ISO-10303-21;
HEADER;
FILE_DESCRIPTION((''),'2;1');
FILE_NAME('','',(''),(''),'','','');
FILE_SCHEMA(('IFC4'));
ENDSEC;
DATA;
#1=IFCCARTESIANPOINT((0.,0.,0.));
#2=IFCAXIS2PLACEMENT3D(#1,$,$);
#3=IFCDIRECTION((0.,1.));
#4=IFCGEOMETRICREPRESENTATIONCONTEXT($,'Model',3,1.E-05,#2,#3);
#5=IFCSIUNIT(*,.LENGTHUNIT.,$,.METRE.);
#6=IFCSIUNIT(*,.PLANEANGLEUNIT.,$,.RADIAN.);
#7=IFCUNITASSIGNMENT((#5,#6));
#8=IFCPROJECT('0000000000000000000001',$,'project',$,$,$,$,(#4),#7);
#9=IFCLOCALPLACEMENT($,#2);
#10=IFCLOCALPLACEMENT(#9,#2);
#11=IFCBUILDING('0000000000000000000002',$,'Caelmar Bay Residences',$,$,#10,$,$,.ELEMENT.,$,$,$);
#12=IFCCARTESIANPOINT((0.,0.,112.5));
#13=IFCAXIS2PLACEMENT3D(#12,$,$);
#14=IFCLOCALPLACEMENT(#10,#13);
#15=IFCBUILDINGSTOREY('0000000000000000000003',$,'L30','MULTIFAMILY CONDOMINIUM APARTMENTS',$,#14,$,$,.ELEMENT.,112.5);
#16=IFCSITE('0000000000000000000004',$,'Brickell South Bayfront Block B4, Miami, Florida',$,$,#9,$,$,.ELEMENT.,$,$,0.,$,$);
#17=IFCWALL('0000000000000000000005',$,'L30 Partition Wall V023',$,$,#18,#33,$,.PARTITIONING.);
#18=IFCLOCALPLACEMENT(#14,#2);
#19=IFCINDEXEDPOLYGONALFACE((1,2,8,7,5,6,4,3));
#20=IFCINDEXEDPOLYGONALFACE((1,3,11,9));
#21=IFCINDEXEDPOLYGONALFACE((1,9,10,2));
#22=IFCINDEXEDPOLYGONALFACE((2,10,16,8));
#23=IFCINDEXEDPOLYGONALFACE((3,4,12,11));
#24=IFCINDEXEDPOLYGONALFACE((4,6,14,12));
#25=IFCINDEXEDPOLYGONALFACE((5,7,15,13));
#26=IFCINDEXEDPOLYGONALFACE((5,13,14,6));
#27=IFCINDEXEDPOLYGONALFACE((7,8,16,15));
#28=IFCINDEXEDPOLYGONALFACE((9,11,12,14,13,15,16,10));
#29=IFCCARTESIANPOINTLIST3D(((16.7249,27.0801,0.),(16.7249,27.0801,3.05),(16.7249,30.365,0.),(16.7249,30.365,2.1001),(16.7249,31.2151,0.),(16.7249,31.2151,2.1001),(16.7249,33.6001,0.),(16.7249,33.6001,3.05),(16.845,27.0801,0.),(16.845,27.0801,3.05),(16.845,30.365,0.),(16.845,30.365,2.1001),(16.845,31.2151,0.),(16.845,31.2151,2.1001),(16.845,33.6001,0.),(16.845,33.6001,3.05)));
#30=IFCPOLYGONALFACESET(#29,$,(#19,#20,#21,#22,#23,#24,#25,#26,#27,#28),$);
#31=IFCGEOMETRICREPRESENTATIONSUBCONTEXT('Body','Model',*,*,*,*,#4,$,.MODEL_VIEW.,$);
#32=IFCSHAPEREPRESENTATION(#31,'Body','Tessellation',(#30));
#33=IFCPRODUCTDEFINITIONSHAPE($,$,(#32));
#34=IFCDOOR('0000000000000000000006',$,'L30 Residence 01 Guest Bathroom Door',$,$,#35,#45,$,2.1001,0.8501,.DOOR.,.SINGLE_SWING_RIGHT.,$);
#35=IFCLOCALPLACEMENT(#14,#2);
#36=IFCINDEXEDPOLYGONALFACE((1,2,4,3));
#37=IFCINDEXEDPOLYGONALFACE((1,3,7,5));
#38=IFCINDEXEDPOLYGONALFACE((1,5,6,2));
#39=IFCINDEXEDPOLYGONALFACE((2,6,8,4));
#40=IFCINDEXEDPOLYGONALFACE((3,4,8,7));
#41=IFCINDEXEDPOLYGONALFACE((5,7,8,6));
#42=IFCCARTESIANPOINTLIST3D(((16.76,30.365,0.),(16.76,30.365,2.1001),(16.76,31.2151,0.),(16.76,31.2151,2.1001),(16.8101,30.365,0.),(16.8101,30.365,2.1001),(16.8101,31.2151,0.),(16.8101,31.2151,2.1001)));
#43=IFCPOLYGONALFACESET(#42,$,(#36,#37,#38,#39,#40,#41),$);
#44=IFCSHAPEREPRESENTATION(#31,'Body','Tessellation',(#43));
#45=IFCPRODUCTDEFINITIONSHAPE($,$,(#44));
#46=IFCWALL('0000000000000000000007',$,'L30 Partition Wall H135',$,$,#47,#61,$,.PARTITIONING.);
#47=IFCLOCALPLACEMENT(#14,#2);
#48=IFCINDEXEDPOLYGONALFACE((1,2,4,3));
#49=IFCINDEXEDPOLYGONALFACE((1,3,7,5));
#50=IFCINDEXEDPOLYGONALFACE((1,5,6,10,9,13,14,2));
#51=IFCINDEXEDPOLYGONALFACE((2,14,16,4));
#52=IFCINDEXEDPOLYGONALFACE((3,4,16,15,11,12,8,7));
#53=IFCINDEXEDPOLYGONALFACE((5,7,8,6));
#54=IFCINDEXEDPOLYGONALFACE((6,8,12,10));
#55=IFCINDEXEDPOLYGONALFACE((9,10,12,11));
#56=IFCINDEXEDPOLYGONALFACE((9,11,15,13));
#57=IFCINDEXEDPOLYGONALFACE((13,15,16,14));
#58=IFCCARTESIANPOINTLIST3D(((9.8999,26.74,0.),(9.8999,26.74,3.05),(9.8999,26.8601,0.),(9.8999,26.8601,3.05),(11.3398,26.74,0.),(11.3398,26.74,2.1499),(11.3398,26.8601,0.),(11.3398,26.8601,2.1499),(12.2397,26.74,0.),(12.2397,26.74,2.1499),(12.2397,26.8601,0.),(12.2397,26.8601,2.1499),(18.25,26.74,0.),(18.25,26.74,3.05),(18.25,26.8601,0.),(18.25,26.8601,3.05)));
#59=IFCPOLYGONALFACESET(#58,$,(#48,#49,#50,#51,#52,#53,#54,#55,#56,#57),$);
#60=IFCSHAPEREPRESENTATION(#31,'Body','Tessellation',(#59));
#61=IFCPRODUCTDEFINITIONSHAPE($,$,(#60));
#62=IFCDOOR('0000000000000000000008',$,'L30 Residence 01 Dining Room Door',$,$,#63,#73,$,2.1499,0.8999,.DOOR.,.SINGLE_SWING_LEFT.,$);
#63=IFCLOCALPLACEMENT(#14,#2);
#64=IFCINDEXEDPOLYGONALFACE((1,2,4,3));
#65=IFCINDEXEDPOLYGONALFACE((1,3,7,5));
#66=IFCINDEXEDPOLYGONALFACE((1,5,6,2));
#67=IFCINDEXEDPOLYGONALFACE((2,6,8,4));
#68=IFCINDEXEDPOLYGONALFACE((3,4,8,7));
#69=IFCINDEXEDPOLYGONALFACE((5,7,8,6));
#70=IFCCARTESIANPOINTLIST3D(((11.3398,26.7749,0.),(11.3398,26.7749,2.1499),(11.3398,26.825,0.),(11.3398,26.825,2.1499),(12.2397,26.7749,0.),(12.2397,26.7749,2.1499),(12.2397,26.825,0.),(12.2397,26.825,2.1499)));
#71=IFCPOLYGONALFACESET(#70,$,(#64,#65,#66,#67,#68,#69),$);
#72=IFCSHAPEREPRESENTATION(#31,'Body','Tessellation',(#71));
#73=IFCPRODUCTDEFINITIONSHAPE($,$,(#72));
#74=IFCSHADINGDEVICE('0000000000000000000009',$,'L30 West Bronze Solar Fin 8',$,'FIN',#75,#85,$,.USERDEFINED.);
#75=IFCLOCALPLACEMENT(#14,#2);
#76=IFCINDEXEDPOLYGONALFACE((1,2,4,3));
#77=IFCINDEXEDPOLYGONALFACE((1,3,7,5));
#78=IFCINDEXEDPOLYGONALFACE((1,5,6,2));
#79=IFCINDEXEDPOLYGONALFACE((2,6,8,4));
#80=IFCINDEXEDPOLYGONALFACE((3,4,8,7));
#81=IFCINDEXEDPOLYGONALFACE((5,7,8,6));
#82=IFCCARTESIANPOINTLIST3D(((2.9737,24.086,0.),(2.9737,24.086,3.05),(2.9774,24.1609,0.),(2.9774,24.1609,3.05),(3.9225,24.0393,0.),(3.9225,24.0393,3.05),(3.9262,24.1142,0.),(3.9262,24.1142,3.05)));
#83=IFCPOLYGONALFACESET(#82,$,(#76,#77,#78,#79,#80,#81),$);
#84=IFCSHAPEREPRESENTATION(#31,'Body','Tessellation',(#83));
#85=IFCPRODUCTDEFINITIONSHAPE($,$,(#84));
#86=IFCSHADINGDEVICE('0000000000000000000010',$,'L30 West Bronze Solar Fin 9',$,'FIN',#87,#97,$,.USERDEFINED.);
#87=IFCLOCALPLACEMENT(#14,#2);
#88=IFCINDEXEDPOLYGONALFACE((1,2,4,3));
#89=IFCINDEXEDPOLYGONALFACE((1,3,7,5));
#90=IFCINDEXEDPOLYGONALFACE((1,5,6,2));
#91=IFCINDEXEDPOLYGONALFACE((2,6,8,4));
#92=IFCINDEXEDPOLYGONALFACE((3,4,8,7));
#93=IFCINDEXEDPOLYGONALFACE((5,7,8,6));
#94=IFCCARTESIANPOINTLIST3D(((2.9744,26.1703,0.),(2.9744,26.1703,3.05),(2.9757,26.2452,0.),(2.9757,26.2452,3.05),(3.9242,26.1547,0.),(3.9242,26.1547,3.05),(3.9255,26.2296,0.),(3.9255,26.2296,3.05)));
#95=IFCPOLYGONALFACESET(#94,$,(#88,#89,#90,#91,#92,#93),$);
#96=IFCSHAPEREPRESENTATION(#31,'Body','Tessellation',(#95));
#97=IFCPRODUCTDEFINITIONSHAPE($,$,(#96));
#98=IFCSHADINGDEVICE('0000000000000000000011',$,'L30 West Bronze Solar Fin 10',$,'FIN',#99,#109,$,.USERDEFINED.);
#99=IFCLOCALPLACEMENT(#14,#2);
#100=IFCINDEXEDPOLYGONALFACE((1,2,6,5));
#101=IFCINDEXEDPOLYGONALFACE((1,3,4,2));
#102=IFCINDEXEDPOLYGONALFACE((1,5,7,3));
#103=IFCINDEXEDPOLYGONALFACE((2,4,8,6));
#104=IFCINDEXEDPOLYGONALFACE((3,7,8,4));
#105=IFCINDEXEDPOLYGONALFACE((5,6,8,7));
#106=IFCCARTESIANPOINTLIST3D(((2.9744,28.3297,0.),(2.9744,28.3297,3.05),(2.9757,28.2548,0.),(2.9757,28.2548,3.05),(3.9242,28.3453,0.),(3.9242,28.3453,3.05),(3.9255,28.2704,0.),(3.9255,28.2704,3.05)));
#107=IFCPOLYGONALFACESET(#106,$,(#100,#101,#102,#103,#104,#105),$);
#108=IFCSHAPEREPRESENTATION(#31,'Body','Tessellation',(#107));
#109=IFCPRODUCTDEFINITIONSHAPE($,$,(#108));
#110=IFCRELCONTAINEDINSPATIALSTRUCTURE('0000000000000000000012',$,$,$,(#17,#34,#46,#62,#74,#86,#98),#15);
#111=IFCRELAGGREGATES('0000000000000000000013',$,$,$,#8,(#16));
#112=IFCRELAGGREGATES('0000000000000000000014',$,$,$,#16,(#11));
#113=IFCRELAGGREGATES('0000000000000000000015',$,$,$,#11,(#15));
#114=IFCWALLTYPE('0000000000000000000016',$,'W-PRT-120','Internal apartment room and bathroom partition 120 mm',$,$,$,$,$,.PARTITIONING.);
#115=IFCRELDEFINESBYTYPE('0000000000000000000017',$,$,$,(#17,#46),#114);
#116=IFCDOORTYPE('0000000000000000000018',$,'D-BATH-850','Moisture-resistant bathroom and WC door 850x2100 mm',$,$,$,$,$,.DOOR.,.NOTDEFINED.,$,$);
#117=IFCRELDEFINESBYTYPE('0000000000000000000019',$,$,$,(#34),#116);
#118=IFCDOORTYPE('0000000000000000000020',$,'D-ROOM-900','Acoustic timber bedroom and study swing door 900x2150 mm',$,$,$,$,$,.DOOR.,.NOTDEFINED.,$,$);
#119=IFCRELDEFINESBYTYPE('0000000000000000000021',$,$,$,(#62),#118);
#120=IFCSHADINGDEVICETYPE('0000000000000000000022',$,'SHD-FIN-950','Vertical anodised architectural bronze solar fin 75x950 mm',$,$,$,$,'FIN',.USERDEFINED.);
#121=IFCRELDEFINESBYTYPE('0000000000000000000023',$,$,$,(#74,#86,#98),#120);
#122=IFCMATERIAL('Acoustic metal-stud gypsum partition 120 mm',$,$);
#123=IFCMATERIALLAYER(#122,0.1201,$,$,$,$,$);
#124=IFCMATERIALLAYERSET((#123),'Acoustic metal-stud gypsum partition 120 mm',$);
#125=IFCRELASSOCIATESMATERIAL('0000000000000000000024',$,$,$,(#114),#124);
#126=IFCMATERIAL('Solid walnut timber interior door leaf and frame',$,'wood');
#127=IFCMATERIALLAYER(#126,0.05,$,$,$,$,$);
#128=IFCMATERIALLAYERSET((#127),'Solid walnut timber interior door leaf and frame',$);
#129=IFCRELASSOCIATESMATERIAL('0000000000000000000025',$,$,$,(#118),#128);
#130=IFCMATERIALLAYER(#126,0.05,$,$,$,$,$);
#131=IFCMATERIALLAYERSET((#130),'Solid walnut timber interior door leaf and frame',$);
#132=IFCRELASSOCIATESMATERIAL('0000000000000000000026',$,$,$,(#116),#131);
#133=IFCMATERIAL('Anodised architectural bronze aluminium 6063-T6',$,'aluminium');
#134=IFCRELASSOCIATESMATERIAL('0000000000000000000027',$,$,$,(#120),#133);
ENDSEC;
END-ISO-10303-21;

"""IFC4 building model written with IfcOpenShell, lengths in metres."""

from ifc_helpers import new_model, si_unit, direction, frame, frame_2d, origin, origin_2d, place, context, subcontext, project, spatial, rectangle, extrude, material, layer, layer_set, material_profile, profile_set, type_object, element, fill, save


model = new_model("IFC4")

# Units and contexts
model_context = context("Model", 3, precision=1e-05, world=origin(), true_north=direction((0.0, 1.0)))
body_context = subcontext(model_context, "Body", "Model", "MODEL_VIEW")
ifc_project = project(units=[si_unit("LENGTHUNIT", "METRE"), si_unit("PLANEANGLEUNIT", "RADIAN")], contexts=[model_context])

# Site, building, storey
site_placement = place(None, origin())
site = spatial("IfcSite", under=ifc_project, at=site_placement, Name="Brickell South Bayfront Block B4, Miami, Florida", CompositionType="ELEMENT", RefElevation=0.0)
building_placement = place(site_placement, origin())
building = spatial("IfcBuilding", under=site, at=building_placement, Name="Caelmar Bay Residences", CompositionType="ELEMENT")
storey_placement = place(building_placement, frame((0.0, 0.0, 112.5)))
storey = spatial("IfcBuildingStorey", under=building, at=storey_placement, Name="L30", Description="MULTIFAMILY CONDOMINIUM APARTMENTS", CompositionType="ELEMENT", Elevation=112.5)

# Shared definitions
ifc_material_1 = material(Name="Acoustic metal-stud gypsum partition 120 mm")
ifc_layer_1 = layer(ifc_material_1, 0.1201)
ifc_layer_set_1 = layer_set([ifc_layer_1], Name="Acoustic metal-stud gypsum partition 120 mm")
wall_type_1 = type_object("IfcWallType", Name="W-PRT-120", Description="Internal apartment room and bathroom partition 120 mm", PredefinedType="PARTITIONING", material=ifc_layer_set_1)

# Shared definitions
ifc_material_2 = material(Name="Solid walnut timber interior door leaf and frame", Category="wood")
ifc_layer_2 = layer(ifc_material_2, 0.05)
ifc_layer_set_2 = layer_set([ifc_layer_2], Name="Solid walnut timber interior door leaf and frame")
door_type_1 = type_object("IfcDoorType", Name="D-ROOM-900", Description="Acoustic timber bedroom and study swing door 900x2150 mm", OperationType="NOTDEFINED", PredefinedType="DOOR", material=ifc_layer_set_2)

# Walls, openings, doors
wall_1_placement = place(storey_placement, frame((16.7849, 27.0801, 0.0), z_axis=(0.0, 0.0, 1.0), x_axis=(0.0, 1.0, 0.0)))
wall_1 = element("IfcWall", 1, at=wall_1_placement, inside=storey, type_object=wall_type_1, Name="L30 Partition Wall V023", PredefinedType="PARTITIONING", context=body_context, shape_type="SweptSolid", body=[
    extrude(rectangle(XDim=6.52, YDim=0.1201, at=frame_2d((3.26, 0.0))), origin(), (0.0, 0.0, 1.0), 3.05),
])
opening_1_placement = place(wall_1_placement, frame((3.2849, 0.0, 0.0)))
opening_1 = element("IfcOpeningElement", 2, at=opening_1_placement, cuts=wall_1, PredefinedType="OPENING", context=body_context, shape_type="SweptSolid", body=[
    extrude(rectangle(XDim=0.8501, YDim=2.1001, at=frame_2d((0.425, 1.05))), frame((0.0, 0.0701, 0.0), z_axis=(0.0, -1.0, 0.0), x_axis=(1.0, 0.0, 0.0)), (0.0, 0.0, 1.0), 0.1401),
])
ifc_layer_3 = layer(ifc_material_2, 0.05)
ifc_layer_set_3 = layer_set([ifc_layer_3], Name="Solid walnut timber interior door leaf and frame")
door_type_2 = type_object("IfcDoorType", Name="D-BATH-850", Description="Moisture-resistant bathroom and WC door 850x2100 mm", OperationType="NOTDEFINED", PredefinedType="DOOR", material=ifc_layer_set_3)
door_1_placement = place(opening_1_placement, origin())
door_1 = element("IfcDoor", 3, at=door_1_placement, inside=storey, type_object=door_type_2, Name="L30 Residence 01 Guest Bathroom Door", OperationType="SINGLE_SWING_RIGHT", OverallHeight=2.1001, OverallWidth=0.8501, PredefinedType="DOOR", context=body_context, shape_type="SweptSolid", body=[
    extrude(rectangle(XDim=0.8501, YDim=2.1001, at=frame_2d((0.425, 1.05))), frame((0.0, 0.0249, 0.0), z_axis=(0.0, -1.0, 0.0), x_axis=(1.0, 0.0, 0.0)), (0.0, 0.0, 1.0), 0.05),
])
fill(opening_1, door_1)
wall_2_placement = place(storey_placement, frame((9.8999, 26.8, 0.0), z_axis=(0.0, 0.0, 1.0), x_axis=(1.0, 0.0, 0.0)))
wall_2 = element("IfcWall", 4, at=wall_2_placement, inside=storey, type_object=wall_type_1, Name="L30 Partition Wall H135", PredefinedType="PARTITIONING", context=body_context, shape_type="SweptSolid", body=[
    extrude(rectangle(XDim=8.3501, YDim=0.1201, at=frame_2d((4.175, 0.0))), origin(), (0.0, 0.0, 1.0), 3.05),
])
opening_2_placement = place(wall_2_placement, frame((1.4399, 0.0, 0.0)))
opening_2 = element("IfcOpeningElement", 5, at=opening_2_placement, cuts=wall_2, PredefinedType="OPENING", context=body_context, shape_type="SweptSolid", body=[
    extrude(rectangle(XDim=0.8999, YDim=2.1499, at=frame_2d((0.45, 1.075))), frame((0.0, 0.0701, 0.0), z_axis=(0.0, -1.0, 0.0), x_axis=(1.0, 0.0, 0.0)), (0.0, 0.0, 1.0), 0.1401),
])
door_2_placement = place(opening_2_placement, origin())
door_2 = element("IfcDoor", 6, at=door_2_placement, inside=storey, type_object=door_type_1, Name="L30 Residence 01 Dining Room Door", OperationType="SINGLE_SWING_LEFT", OverallHeight=2.1499, OverallWidth=0.8999, PredefinedType="DOOR", context=body_context, shape_type="SweptSolid", body=[
    extrude(rectangle(XDim=0.8999, YDim=2.1499, at=frame_2d((0.45, 1.075))), frame((0.0, 0.0249, 0.0), z_axis=(0.0, -1.0, 0.0), x_axis=(1.0, 0.0, 0.0)), (0.0, 0.0, 1.0), 0.05),
])
fill(opening_2, door_2)

# Shading devices
ifc_material_3 = material(Name="Anodised architectural bronze aluminium 6063-T6", Category="aluminium")
ifc_material_profile_1 = material_profile(ifc_material_3, rectangle(XDim=0.075, YDim=0.95, at=origin_2d()), Name="BRONZE-FIN-75X950")
ifc_profile_set_1 = profile_set([ifc_material_profile_1], Name="Anodised architectural bronze aluminium 6063-T6")
shading_device_type = type_object("IfcShadingDeviceType", Name="SHD-FIN-950", Description="Vertical anodised architectural bronze solar fin 75x950 mm", ElementType="FIN", PredefinedType="USERDEFINED", material=ifc_profile_set_1)
for number, where, z_axis, x_axis, name in (
    (7, (3.45, 24.1001, 0.0), (0.0, 0.0, 1.0), (0.049198, 0.998789, 0.0), "L30 West Bronze Solar Fin 8"),
    (8, (3.45, 26.2, 0.0), (0.0, 0.0, 1.0), (0.016405, 0.999865, 0.0), "L30 West Bronze Solar Fin 9"),
    (9, (3.45, 28.3, 0.0), (0.0, 0.0, 1.0), (-0.016405, 0.999865, 0.0), "L30 West Bronze Solar Fin 10"),
):
    element("IfcShadingDevice", number, at=place(storey_placement, frame(where, z_axis=z_axis, x_axis=x_axis)), inside=storey, type_object=shading_device_type, Name=name, ObjectType="FIN", PredefinedType="USERDEFINED", context=body_context, shape_type="SweptSolid", body=[
        extrude(rectangle(XDim=0.075, YDim=0.95, at=origin_2d()), origin(), (0.0, 0.0, 1.0), 3.05),
    ])

save(model, "model.ifc")
